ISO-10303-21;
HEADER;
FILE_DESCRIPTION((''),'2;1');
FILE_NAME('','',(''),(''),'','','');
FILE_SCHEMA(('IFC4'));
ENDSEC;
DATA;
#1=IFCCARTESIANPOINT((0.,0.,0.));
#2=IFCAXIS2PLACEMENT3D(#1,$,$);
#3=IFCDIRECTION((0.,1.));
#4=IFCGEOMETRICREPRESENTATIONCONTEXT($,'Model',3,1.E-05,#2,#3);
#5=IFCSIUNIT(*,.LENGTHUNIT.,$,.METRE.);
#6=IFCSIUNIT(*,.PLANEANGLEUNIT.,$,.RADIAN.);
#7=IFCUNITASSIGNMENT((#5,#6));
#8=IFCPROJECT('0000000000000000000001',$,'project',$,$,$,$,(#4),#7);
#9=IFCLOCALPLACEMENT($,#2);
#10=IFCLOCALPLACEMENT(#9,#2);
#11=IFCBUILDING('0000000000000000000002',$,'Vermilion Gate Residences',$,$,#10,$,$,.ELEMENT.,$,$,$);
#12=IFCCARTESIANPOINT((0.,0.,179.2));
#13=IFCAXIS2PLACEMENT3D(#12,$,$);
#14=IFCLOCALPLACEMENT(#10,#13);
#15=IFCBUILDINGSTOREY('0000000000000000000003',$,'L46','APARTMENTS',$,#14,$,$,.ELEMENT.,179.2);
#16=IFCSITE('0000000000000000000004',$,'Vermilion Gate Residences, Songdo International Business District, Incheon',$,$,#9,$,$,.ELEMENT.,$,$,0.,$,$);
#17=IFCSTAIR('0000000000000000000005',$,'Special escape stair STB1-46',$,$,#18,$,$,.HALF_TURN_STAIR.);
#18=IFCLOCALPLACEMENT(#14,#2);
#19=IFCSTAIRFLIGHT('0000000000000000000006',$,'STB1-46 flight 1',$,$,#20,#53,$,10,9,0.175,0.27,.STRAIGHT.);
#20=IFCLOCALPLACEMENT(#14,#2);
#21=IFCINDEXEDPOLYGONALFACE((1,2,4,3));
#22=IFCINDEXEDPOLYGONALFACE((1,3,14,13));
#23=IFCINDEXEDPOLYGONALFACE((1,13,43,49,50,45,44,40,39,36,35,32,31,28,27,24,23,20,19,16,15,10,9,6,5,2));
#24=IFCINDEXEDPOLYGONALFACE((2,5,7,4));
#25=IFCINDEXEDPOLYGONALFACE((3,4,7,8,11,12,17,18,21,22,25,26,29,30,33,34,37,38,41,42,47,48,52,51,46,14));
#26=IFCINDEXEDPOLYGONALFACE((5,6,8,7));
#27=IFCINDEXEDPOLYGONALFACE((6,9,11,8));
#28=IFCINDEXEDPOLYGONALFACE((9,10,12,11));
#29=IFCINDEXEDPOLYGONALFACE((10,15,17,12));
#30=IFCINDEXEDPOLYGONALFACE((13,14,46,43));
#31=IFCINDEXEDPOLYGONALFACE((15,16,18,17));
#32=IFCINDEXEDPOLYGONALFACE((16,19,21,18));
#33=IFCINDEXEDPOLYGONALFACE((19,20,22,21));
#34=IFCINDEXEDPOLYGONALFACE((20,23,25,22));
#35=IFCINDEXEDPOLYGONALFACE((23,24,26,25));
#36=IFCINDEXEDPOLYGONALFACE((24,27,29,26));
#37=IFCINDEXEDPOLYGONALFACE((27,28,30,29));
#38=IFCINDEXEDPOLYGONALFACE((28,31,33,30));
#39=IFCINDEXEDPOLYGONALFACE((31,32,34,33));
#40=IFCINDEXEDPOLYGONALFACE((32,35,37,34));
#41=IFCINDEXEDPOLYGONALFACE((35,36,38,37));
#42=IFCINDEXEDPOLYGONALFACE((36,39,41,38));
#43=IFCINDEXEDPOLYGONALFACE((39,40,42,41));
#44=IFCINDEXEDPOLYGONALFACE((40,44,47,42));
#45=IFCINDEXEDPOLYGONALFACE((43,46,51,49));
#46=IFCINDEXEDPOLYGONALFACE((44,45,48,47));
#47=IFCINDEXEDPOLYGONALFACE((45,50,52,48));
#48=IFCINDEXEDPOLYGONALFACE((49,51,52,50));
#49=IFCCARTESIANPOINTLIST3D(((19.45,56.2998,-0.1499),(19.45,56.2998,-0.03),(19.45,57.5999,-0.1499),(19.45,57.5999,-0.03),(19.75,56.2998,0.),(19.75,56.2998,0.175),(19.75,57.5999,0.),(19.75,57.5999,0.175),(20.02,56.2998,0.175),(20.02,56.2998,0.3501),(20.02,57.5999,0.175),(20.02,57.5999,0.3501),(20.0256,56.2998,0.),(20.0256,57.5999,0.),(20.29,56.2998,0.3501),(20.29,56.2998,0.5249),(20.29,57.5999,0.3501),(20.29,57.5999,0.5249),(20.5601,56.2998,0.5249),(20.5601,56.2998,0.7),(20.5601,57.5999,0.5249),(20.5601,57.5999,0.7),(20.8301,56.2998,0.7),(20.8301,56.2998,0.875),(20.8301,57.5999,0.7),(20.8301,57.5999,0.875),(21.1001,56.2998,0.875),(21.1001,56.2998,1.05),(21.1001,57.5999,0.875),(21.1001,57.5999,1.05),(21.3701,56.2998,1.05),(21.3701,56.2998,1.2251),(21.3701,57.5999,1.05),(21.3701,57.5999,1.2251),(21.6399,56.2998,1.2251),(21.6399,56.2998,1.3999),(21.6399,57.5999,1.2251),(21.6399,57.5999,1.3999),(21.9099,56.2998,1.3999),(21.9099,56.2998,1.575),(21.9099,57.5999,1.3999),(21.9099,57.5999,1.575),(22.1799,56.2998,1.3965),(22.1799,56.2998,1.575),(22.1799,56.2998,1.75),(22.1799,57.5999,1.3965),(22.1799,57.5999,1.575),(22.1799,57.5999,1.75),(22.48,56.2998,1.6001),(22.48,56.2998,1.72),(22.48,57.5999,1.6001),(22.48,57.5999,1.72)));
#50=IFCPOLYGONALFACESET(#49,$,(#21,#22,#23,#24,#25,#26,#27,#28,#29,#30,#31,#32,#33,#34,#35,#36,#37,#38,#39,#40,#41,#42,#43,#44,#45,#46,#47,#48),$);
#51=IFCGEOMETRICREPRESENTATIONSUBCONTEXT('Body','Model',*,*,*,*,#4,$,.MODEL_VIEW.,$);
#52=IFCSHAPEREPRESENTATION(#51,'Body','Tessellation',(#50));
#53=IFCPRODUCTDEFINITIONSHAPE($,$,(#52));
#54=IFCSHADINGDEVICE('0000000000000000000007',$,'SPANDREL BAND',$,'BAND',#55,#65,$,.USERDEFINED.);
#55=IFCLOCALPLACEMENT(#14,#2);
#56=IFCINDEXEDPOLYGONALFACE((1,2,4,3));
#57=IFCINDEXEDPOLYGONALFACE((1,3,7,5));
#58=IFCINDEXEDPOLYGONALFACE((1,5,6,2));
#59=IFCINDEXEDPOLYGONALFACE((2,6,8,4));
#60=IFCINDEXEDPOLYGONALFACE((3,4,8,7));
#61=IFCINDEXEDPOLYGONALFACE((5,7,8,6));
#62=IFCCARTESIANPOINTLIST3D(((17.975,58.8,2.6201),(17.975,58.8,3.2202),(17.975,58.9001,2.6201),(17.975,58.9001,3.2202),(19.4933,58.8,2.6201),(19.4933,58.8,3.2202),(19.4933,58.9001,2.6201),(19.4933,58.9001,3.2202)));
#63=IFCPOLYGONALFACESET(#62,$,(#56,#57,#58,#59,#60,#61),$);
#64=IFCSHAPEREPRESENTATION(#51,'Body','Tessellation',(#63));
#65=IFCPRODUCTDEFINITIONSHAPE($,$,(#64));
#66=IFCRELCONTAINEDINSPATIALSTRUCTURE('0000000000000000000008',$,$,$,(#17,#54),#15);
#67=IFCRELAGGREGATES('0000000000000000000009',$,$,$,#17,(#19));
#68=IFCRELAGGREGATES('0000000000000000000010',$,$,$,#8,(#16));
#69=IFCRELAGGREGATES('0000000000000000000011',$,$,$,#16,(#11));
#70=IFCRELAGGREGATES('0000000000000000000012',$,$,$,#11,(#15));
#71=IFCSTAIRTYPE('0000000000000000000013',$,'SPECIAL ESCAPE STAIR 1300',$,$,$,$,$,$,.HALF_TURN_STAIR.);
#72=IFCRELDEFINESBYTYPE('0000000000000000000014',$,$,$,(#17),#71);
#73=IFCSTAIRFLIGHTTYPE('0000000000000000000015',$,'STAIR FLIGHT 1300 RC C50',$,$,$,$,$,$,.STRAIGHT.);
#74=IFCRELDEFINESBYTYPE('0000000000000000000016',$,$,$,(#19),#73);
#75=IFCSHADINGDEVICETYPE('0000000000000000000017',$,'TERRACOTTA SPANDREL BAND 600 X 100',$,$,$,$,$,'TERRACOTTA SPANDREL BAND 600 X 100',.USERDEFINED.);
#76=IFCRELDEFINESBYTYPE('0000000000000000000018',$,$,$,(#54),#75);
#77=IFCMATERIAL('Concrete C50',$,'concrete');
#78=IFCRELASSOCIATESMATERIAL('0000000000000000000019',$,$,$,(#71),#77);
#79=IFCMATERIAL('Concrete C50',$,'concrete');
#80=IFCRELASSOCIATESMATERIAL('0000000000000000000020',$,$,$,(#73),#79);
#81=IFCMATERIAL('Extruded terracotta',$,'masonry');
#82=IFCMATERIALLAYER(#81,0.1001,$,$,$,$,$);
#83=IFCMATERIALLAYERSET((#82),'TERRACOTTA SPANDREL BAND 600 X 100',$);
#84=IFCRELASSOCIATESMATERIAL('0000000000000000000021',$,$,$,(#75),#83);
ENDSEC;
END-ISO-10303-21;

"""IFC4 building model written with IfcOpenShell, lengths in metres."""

from ifc_helpers import new_model, si_unit, direction, frame, origin, origin_2d, place, context, subcontext, project, spatial, polyline, rectangle, outline, extrude, material, layer, layer_set, type_object, element, aggregate, save


model = new_model("IFC4")

# Units and contexts
model_context = context("Model", 3, precision=1e-05, world=origin(), true_north=direction((0.0, 1.0)))
body_context = subcontext(model_context, "Body", "Model", "MODEL_VIEW")
ifc_project = project(units=[si_unit("LENGTHUNIT", "METRE"), si_unit("PLANEANGLEUNIT", "RADIAN")], contexts=[model_context])

# Site, building, storey
site_placement = place(None, origin())
site = spatial("IfcSite", under=ifc_project, at=site_placement, Name="Vermilion Gate Residences, Songdo International Business District, Incheon", CompositionType="ELEMENT", RefElevation=0.0)
building_placement = place(site_placement, origin())
building = spatial("IfcBuilding", under=site, at=building_placement, Name="Vermilion Gate Residences", CompositionType="ELEMENT")
storey_placement = place(building_placement, frame((0.0, 0.0, 179.2)))
storey = spatial("IfcBuildingStorey", under=building, at=storey_placement, Name="L46", Description="APARTMENTS", CompositionType="ELEMENT", Elevation=179.2)

# Stair, stair flight
ifc_material_1 = material(Name="Concrete C50", Category="concrete")
stair_type = type_object("IfcStairType", Name="SPECIAL ESCAPE STAIR 1300", PredefinedType="HALF_TURN_STAIR", material=ifc_material_1)
stair_placement = place(storey_placement, origin())
stair = element("IfcStair", 1, at=stair_placement, inside=storey, type_object=stair_type, Name="Special escape stair STB1-46", PredefinedType="HALF_TURN_STAIR")
ifc_material_2 = material(Name="Concrete C50", Category="concrete")
stair_flight_type = type_object("IfcStairFlightType", Name="STAIR FLIGHT 1300 RC C50", PredefinedType="STRAIGHT", material=ifc_material_2)
stair_flight_placement = place(storey_placement, frame((19.75, 56.95, 0.0), z_axis=(0.0, 0.0, 1.0), x_axis=(1.0, 0.0, 0.0)))
stair_flight = element("IfcStairFlight", 2, at=stair_flight_placement, type_object=stair_flight_type, Name="STB1-46 flight 1", NumberOfRisers=10, NumberOfTreads=9, PredefinedType="STRAIGHT", RiserHeight=0.175, TreadLength=0.27, context=body_context, shape_type="SweptSolid", body=[
    extrude(outline(polyline([(-0.3, -0.1499), (-0.3, -0.03), (0.0, 0.0), (0.0, 0.175), (0.27, 0.175), (0.27, 0.3501), (0.54, 0.3501), (0.54, 0.5249), (0.8101, 0.5249), (0.8101, 0.7), (1.0801, 0.7), (1.0801, 0.875), (1.3501, 0.875), (1.3501, 1.05), (1.6201, 1.05), (1.6201, 1.2251), (1.8899, 1.2251), (1.8899, 1.3999), (2.1599, 1.3999), (2.1599, 1.575), (2.4299, 1.575), (2.4299, 1.75), (2.73, 1.72), (2.73, 1.6001), (2.4299, 1.3965), (0.2756, 0.0), (-0.3, -0.1499)])), frame((0.0, 0.6499, 0.0), z_axis=(0.0, -1.0, 0.0), x_axis=(1.0, 0.0, 0.0)), (0.0, 0.0, 1.0), 1.3),
])
aggregate(stair, [stair_flight])

# Shading device
ifc_material_3 = material(Name="Extruded terracotta", Category="masonry")
ifc_layer_1 = layer(ifc_material_3, 0.1001)
ifc_layer_set_1 = layer_set([ifc_layer_1], Name="TERRACOTTA SPANDREL BAND 600 X 100")
shading_device_type = type_object("IfcShadingDeviceType", Name="TERRACOTTA SPANDREL BAND 600 X 100", ElementType="TERRACOTTA SPANDREL BAND 600 X 100", PredefinedType="USERDEFINED", material=ifc_layer_set_1)
shading_device_placement = place(storey_placement, frame((18.7341, 58.8501, 2.6201), z_axis=(0.0, 0.0, 1.0), x_axis=(1.0, 0.0, 0.0)))
element("IfcShadingDevice", 3, at=shading_device_placement, inside=storey, type_object=shading_device_type, Name="SPANDREL BAND", ObjectType="BAND", PredefinedType="USERDEFINED", context=body_context, shape_type="SweptSolid", body=[
    extrude(rectangle(XDim=1.5183, YDim=0.1001, at=origin_2d()), origin(), (0.0, 0.0, 1.0), 0.6001),
])

save(model, "model.ifc")
